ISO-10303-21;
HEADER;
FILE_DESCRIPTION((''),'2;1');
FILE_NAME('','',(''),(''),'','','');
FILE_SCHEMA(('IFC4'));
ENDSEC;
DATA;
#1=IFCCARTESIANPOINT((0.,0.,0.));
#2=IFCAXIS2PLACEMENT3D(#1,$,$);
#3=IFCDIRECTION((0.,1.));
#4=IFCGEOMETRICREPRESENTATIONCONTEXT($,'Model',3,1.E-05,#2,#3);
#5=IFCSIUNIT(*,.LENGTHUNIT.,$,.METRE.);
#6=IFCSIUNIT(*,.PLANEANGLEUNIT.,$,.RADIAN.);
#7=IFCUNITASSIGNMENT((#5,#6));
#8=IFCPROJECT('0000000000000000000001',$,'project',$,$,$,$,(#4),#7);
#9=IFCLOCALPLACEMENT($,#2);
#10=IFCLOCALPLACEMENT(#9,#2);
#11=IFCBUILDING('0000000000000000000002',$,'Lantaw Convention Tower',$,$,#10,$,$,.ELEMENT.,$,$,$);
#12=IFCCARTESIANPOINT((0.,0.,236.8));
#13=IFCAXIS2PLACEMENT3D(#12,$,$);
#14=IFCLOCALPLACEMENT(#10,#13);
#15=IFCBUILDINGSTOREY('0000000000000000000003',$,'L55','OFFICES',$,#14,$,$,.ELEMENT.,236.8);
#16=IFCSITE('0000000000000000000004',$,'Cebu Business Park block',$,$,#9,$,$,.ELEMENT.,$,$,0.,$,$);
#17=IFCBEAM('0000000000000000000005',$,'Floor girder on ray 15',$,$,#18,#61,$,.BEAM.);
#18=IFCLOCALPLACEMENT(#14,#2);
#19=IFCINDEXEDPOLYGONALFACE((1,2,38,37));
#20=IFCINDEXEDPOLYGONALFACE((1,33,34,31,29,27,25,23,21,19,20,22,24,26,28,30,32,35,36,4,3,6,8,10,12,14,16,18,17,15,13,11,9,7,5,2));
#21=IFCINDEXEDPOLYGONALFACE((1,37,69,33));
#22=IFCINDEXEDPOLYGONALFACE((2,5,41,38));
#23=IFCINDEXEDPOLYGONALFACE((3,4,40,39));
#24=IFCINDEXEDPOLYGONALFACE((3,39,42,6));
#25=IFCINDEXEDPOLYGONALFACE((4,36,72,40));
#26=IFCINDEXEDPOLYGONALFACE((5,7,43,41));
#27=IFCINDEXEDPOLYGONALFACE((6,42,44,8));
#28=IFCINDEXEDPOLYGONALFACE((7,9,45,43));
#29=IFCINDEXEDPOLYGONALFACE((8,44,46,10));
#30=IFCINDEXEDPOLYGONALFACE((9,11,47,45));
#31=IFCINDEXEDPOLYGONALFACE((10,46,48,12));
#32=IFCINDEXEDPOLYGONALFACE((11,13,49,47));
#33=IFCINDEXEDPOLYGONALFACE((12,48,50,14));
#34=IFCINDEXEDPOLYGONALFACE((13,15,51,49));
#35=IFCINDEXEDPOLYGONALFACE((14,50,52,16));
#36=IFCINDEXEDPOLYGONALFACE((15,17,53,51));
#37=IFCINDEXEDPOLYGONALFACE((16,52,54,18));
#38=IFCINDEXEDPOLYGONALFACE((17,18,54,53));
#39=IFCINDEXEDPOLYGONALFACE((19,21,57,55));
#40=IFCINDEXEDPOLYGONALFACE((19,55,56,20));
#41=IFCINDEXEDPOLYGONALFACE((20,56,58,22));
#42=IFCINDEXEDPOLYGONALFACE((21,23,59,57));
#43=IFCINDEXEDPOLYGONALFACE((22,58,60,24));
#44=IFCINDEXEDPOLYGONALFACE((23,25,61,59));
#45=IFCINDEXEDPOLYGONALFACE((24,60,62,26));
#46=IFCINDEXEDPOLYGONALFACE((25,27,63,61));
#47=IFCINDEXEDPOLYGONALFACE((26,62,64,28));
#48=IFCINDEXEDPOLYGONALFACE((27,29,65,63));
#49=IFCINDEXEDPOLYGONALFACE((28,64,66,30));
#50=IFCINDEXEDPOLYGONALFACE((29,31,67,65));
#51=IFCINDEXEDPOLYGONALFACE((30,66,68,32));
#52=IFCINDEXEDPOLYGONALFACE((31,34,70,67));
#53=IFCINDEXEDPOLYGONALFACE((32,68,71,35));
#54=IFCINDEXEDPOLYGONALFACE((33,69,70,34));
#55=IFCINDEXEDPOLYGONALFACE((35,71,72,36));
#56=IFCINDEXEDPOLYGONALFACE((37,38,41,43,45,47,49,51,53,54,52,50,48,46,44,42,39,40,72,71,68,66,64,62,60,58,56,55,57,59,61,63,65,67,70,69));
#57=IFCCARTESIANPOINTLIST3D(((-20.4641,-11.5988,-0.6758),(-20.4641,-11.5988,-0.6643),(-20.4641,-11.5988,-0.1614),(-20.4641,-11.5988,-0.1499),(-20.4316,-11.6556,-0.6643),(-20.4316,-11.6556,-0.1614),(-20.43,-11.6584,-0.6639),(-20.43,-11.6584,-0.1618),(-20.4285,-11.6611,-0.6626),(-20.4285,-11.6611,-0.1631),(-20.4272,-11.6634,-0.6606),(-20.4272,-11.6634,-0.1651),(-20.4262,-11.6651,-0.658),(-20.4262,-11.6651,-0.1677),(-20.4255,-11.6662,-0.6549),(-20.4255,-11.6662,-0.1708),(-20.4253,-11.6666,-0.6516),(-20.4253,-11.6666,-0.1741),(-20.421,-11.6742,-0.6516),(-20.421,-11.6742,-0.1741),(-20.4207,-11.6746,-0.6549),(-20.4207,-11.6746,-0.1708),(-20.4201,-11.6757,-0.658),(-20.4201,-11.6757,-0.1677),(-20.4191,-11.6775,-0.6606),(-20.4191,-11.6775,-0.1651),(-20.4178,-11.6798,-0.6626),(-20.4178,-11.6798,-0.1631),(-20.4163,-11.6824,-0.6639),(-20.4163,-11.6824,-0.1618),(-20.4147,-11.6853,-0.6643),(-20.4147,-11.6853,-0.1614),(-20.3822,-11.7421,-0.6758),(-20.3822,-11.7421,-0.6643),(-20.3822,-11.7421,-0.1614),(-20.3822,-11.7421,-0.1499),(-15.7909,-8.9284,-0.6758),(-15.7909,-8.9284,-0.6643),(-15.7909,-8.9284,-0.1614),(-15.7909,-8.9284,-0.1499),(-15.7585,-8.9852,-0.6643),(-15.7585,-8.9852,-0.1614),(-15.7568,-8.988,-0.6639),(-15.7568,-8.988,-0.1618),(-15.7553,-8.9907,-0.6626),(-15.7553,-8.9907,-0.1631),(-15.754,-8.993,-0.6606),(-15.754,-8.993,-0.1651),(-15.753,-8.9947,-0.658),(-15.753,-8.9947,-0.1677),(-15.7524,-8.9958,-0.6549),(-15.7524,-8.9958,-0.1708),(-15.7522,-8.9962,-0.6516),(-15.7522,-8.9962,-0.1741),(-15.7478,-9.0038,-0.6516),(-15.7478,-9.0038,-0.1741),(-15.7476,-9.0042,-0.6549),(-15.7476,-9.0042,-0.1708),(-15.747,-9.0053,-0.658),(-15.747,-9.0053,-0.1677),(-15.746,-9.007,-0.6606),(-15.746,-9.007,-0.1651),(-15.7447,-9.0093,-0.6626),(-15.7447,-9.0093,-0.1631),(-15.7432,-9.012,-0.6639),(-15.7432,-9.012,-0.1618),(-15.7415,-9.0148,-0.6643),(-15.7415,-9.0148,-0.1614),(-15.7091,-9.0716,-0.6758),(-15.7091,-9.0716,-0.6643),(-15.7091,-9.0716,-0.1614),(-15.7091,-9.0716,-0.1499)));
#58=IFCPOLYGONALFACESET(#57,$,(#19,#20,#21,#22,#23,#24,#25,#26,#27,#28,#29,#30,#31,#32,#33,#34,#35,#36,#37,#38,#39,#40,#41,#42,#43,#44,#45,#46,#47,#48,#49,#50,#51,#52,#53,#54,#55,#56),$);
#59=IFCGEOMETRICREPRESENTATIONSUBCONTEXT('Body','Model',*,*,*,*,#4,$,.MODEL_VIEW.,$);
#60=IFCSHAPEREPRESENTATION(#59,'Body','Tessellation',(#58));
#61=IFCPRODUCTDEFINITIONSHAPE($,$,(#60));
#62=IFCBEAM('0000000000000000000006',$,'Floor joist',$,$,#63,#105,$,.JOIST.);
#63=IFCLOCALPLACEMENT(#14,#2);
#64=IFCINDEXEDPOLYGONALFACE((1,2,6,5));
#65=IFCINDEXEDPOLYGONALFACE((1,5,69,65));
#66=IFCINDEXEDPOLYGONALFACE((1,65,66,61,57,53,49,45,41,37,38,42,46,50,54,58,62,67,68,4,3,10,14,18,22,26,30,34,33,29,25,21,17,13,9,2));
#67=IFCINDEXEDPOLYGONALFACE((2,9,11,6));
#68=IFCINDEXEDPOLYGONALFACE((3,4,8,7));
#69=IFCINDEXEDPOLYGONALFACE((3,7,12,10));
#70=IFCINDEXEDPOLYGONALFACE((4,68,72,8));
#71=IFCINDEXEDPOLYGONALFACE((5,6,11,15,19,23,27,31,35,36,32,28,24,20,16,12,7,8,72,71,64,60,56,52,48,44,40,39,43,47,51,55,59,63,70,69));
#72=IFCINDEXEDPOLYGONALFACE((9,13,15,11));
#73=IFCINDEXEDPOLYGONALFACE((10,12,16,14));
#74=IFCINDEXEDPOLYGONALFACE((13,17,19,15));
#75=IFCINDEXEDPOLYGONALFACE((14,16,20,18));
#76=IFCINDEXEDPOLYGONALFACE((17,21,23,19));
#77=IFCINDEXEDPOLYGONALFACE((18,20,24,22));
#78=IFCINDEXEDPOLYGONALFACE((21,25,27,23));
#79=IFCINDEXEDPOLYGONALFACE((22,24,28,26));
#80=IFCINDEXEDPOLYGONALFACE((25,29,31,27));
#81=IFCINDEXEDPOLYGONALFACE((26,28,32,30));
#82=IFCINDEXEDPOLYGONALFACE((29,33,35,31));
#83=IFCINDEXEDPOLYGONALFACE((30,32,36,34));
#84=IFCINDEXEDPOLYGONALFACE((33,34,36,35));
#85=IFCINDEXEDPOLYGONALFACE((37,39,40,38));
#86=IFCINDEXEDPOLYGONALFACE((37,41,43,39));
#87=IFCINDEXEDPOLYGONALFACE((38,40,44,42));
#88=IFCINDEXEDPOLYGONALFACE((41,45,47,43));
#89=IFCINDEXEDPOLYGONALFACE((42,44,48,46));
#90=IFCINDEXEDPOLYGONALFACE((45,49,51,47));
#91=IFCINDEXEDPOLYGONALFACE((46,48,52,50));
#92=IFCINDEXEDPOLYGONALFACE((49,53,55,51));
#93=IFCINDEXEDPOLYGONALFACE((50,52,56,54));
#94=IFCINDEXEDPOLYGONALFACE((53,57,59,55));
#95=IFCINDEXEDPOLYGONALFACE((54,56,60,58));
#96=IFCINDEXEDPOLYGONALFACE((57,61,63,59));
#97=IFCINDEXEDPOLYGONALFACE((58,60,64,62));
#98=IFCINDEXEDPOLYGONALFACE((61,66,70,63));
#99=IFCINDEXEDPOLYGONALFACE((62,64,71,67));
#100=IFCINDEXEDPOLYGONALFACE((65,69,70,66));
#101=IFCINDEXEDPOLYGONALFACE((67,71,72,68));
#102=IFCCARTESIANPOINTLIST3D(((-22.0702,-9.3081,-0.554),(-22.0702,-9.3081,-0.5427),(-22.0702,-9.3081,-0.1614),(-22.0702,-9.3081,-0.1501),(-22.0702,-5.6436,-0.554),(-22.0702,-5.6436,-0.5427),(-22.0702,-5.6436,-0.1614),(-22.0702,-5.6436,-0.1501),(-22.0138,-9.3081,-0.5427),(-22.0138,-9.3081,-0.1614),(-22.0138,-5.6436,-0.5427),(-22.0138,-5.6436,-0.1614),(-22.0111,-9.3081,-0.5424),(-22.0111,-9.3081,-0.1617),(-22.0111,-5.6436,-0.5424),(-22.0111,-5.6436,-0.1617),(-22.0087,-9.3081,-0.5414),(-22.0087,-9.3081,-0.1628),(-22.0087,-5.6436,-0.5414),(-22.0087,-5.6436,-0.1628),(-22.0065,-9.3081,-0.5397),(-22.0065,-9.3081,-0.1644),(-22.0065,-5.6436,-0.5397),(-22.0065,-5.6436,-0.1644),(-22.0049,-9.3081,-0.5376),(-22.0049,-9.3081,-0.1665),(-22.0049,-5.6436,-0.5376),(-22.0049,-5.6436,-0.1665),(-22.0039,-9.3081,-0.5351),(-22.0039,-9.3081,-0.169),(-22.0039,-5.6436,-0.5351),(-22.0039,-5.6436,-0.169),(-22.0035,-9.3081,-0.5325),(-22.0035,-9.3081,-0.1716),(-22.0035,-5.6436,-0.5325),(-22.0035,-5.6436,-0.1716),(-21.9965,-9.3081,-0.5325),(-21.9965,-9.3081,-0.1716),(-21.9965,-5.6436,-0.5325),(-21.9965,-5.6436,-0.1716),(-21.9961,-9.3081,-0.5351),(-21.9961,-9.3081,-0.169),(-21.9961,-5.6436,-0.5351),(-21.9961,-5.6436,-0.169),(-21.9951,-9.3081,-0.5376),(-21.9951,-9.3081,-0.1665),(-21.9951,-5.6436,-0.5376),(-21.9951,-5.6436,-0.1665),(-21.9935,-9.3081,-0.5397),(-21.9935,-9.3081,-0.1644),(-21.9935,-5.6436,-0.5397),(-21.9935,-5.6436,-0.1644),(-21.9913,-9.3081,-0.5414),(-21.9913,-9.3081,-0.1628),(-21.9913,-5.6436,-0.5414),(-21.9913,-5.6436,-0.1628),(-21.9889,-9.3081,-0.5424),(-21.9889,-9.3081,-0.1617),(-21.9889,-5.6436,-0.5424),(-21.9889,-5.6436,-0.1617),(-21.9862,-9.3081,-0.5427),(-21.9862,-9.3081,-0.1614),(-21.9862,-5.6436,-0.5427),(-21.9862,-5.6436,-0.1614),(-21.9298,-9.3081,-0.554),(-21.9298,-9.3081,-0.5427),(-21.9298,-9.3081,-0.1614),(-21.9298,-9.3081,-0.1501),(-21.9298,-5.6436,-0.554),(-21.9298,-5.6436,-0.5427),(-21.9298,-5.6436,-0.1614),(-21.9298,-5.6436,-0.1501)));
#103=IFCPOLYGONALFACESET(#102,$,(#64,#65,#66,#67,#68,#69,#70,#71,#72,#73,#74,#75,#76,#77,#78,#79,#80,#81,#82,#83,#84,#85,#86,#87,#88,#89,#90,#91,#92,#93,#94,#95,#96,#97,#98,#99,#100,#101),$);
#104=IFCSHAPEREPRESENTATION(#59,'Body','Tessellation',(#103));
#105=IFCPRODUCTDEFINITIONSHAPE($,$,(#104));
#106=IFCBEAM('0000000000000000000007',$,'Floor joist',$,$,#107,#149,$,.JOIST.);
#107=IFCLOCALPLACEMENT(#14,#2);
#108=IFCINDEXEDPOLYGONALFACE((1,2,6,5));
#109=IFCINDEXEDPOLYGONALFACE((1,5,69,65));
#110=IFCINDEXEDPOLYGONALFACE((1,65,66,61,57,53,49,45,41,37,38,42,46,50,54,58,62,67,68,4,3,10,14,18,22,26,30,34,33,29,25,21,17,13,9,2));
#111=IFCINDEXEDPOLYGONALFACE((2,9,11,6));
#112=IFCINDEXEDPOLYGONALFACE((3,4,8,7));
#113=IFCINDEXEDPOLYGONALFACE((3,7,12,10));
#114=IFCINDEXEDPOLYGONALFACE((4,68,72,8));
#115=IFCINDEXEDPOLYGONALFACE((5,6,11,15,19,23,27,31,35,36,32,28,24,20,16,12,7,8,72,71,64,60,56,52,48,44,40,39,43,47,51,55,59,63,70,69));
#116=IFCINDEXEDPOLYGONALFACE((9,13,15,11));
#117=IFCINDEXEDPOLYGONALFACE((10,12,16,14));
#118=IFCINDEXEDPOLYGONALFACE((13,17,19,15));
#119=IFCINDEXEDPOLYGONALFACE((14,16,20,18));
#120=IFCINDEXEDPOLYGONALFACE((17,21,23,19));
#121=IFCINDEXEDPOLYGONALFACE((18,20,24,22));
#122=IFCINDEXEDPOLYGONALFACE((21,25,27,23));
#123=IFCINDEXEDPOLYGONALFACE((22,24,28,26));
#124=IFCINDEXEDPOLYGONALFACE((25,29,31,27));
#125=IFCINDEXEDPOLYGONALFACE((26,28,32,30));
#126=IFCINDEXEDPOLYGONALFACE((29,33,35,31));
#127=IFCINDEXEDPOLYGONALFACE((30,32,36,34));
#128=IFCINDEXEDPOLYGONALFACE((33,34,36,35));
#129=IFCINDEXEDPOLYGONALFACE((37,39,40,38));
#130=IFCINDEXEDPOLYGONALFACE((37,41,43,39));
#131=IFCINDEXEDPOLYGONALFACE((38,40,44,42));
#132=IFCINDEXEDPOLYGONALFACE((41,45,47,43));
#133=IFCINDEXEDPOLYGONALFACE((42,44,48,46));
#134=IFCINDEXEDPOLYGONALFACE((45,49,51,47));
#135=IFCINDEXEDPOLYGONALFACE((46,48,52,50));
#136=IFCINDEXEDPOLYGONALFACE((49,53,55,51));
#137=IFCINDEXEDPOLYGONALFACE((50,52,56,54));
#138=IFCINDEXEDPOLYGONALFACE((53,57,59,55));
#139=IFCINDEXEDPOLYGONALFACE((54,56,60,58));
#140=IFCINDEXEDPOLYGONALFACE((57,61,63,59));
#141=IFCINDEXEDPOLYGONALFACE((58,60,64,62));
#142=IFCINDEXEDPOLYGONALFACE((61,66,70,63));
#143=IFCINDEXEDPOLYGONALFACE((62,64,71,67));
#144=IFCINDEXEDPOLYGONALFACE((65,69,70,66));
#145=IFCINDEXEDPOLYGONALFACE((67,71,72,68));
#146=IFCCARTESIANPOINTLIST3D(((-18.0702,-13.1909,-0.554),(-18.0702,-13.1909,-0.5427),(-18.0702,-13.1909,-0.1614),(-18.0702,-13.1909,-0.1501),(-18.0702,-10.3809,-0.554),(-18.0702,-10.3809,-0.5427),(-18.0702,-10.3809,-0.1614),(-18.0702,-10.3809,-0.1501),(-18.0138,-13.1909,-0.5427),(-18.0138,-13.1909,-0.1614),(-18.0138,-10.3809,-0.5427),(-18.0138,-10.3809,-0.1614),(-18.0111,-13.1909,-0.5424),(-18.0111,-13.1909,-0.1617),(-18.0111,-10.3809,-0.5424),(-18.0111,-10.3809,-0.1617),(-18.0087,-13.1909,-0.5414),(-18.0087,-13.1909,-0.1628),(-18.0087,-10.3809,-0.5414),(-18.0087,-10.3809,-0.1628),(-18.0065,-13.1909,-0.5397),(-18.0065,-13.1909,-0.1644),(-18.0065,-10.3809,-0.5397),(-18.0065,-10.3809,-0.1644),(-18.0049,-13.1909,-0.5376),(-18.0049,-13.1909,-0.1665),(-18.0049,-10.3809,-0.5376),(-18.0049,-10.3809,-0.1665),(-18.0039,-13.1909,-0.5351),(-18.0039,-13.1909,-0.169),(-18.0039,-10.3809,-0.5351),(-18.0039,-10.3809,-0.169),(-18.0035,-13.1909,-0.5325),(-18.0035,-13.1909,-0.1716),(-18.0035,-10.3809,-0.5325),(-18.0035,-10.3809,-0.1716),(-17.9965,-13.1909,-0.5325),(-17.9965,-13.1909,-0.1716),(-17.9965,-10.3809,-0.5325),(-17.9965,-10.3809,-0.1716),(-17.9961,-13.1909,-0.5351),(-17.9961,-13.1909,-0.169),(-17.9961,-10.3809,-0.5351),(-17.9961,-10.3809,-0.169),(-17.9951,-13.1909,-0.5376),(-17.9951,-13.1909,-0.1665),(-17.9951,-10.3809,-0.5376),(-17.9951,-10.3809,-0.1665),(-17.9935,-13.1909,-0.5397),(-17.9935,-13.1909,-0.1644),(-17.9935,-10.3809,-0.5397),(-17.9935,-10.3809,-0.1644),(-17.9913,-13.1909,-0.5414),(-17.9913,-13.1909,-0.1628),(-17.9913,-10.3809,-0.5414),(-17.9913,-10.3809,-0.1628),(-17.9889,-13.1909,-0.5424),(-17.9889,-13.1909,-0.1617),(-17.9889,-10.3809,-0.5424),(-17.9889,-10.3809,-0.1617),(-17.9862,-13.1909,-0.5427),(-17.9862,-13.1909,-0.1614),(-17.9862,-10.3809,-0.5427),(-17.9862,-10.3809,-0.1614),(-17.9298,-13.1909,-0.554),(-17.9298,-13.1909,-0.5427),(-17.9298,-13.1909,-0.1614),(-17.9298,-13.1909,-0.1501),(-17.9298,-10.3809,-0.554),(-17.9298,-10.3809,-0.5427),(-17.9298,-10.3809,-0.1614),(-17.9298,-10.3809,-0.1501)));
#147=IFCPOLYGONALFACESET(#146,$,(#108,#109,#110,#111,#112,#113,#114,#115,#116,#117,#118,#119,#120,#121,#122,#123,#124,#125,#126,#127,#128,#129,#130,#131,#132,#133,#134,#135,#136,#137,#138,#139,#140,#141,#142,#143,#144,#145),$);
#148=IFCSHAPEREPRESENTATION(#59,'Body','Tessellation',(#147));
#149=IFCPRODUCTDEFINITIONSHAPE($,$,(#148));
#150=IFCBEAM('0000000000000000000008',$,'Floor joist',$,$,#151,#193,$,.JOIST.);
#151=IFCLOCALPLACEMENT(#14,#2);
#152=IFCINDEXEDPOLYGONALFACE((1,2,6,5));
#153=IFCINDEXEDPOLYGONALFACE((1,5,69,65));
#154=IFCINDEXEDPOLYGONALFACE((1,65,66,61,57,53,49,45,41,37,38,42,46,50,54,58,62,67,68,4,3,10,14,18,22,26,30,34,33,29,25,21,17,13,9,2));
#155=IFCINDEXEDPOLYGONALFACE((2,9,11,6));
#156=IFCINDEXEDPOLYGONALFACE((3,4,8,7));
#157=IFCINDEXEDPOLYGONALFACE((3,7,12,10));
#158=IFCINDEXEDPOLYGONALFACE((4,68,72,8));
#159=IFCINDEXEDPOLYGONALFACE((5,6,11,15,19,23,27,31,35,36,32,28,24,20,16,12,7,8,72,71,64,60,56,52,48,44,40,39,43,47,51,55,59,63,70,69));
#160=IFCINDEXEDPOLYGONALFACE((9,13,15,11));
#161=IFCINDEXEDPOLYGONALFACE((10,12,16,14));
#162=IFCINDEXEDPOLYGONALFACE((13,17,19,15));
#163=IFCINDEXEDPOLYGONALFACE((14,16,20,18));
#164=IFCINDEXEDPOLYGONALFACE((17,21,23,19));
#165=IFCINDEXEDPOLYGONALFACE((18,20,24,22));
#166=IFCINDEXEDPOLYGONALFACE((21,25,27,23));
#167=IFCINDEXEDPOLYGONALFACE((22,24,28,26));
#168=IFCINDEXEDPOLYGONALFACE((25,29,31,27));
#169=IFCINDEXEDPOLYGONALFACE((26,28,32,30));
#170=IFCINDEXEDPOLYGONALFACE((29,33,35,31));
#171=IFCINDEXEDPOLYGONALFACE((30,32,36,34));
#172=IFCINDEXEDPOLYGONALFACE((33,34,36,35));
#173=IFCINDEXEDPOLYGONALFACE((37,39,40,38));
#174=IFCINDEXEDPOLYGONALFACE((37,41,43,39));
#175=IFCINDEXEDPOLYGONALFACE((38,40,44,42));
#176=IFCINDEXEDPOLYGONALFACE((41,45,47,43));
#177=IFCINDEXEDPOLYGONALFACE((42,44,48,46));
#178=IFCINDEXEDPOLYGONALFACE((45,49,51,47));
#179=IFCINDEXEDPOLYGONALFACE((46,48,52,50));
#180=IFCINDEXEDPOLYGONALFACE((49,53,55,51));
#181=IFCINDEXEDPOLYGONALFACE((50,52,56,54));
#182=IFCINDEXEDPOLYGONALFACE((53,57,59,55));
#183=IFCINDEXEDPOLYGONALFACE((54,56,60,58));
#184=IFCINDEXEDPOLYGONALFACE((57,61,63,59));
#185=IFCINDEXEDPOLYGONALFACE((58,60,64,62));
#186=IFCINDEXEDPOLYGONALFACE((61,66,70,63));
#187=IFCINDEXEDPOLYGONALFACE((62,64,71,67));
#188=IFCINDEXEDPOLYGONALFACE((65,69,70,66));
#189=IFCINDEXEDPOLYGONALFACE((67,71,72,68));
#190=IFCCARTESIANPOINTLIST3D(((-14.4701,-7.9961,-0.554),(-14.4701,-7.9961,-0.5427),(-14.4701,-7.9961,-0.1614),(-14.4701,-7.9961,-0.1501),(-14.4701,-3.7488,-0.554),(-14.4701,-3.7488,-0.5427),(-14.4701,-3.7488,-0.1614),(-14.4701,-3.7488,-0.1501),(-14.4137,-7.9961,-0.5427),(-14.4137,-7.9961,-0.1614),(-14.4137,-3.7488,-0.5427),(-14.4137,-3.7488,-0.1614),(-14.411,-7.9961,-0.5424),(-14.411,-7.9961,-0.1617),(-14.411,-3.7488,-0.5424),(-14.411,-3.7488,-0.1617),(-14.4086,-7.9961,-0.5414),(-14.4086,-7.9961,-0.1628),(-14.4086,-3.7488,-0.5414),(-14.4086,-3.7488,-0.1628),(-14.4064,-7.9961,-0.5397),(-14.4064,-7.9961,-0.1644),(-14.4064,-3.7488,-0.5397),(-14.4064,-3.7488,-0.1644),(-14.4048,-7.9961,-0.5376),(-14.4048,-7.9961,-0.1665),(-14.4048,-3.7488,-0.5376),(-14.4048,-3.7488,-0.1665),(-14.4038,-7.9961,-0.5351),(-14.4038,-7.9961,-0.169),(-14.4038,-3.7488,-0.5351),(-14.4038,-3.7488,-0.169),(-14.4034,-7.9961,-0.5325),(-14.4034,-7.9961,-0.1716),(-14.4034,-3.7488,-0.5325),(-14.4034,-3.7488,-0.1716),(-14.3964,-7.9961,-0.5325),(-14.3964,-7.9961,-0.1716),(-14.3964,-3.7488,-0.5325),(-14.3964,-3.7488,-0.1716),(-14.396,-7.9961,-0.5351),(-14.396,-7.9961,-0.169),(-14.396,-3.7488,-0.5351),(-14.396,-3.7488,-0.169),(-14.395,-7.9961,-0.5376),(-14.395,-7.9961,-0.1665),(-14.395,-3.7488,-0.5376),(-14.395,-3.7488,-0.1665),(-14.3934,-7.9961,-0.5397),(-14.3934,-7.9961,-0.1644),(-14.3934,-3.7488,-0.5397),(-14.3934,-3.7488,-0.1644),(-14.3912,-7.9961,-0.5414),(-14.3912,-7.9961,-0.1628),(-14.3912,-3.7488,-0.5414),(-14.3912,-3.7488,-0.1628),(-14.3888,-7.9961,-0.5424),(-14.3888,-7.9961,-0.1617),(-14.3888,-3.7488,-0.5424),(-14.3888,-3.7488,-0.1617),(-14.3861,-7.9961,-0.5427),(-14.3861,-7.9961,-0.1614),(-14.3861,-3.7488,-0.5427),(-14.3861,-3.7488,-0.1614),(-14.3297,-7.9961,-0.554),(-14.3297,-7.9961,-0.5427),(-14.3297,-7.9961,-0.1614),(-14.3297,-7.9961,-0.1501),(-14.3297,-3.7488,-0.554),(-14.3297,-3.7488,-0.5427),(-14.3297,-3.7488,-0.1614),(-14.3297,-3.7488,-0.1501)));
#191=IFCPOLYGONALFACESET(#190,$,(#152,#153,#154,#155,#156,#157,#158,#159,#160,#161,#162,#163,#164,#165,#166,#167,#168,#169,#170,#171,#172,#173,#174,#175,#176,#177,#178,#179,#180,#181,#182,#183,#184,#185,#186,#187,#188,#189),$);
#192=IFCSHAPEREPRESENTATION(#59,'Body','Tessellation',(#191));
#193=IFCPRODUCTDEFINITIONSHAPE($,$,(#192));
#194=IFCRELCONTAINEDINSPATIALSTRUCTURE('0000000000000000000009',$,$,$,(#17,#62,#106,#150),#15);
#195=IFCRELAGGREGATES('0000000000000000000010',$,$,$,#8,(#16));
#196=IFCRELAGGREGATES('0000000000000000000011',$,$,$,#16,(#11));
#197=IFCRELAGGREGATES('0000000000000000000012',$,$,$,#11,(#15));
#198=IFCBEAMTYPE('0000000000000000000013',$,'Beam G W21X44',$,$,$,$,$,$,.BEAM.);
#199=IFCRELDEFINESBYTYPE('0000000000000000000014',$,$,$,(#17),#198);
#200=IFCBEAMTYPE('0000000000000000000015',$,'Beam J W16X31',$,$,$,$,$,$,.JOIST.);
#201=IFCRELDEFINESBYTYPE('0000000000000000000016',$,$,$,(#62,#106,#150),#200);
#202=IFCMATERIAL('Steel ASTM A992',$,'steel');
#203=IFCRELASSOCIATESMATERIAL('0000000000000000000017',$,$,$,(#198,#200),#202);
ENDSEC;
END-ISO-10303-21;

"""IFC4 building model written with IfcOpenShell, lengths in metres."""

from ifc_helpers import new_model, si_unit, direction, frame, origin, origin_2d, place, context, subcontext, project, spatial, i_section, extrude, material, material_profile, profile_set, type_object, element, save


model = new_model("IFC4")

# Units and contexts
model_context = context("Model", 3, precision=1e-05, world=origin(), true_north=direction((0.0, 1.0)))
body_context = subcontext(model_context, "Body", "Model", "MODEL_VIEW")
ifc_project = project(units=[si_unit("LENGTHUNIT", "METRE"), si_unit("PLANEANGLEUNIT", "RADIAN")], contexts=[model_context])

# Site, building, storey
site_placement = place(None, origin())
site = spatial("IfcSite", under=ifc_project, at=site_placement, Name="Cebu Business Park block", CompositionType="ELEMENT", RefElevation=0.0)
building_placement = place(site_placement, origin())
building = spatial("IfcBuilding", under=site, at=building_placement, Name="Lantaw Convention Tower", CompositionType="ELEMENT")
storey_placement = place(building_placement, frame((0.0, 0.0, 236.8)))
storey = spatial("IfcBuildingStorey", under=building, at=storey_placement, Name="L55", Description="OFFICES", CompositionType="ELEMENT", Elevation=236.8)

# Beams
ifc_material_1 = material(Name="Steel ASTM A992", Category="steel")
ifc_material_profile_1 = material_profile(ifc_material_1, i_section(OverallWidth=0.165, OverallDepth=0.5259, WebThickness=0.0088, FlangeThickness=0.0115, FilletRadius=0.0127, at=origin_2d()), Name="W21X44")
ifc_profile_set_1 = profile_set([ifc_material_profile_1], Name="Steel ASTM A992")
beam_type_1 = type_object("IfcBeamType", Name="Beam G W21X44", PredefinedType="BEAM", material=ifc_profile_set_1)
beam_1_placement = place(storey_placement, frame((-15.75, -9.0, -0.4128), z_axis=(-0.868238, -0.496149, 0.0), x_axis=(0.496149, -0.868238, 0.0)))
element("IfcBeam", 1, at=beam_1_placement, inside=storey, type_object=beam_type_1, Name="Floor girder on ray 15", PredefinedType="BEAM", context=body_context, shape_type="SweptSolid", body=[
    extrude(i_section(OverallWidth=0.165, OverallDepth=0.5259, WebThickness=0.0088, FlangeThickness=0.0115, FilletRadius=0.0127, at=origin_2d()), origin(), (0.0, 0.0, 1.0), 5.3823),
])
ifc_material_profile_2 = material_profile(ifc_material_1, i_section(OverallWidth=0.1404, OverallDepth=0.4038, WebThickness=0.0071, FlangeThickness=0.0112, FilletRadius=0.0103, at=origin_2d()), Name="W16X31")
ifc_profile_set_2 = profile_set([ifc_material_profile_2], Name="Steel ASTM A992")
beam_type_2 = type_object("IfcBeamType", Name="Beam J W16X31", PredefinedType="JOIST", material=ifc_profile_set_2)
beam_2_placement = place(storey_placement, frame((-22.0, -9.3081, -0.3521), z_axis=(0.0, 1.0, 0.0), x_axis=(-1.0, 0.0, 0.0)))
element("IfcBeam", 2, at=beam_2_placement, inside=storey, type_object=beam_type_2, Name="Floor joist", PredefinedType="JOIST", context=body_context, shape_type="SweptSolid", body=[
    extrude(i_section(OverallWidth=0.1404, OverallDepth=0.4038, WebThickness=0.0071, FlangeThickness=0.0112, FilletRadius=0.0103, at=origin_2d()), origin(), (0.0, 0.0, 1.0), 3.6646),
])
beam_3_placement = place(storey_placement, frame((-18.0, -13.1909, -0.3521), z_axis=(0.0, 1.0, 0.0), x_axis=(-1.0, 0.0, 0.0)))
element("IfcBeam", 3, at=beam_3_placement, inside=storey, type_object=beam_type_2, Name="Floor joist", PredefinedType="JOIST", context=body_context, shape_type="SweptSolid", body=[
    extrude(i_section(OverallWidth=0.1404, OverallDepth=0.4038, WebThickness=0.0071, FlangeThickness=0.0112, FilletRadius=0.0103, at=origin_2d()), origin(), (0.0, 0.0, 1.0), 2.8101),
])
beam_4_placement = place(storey_placement, frame((-14.3999, -7.9961, -0.3521), z_axis=(0.0, 1.0, 0.0), x_axis=(-1.0, 0.0, 0.0)))
element("IfcBeam", 4, at=beam_4_placement, inside=storey, type_object=beam_type_2, Name="Floor joist", PredefinedType="JOIST", context=body_context, shape_type="SweptSolid", body=[
    extrude(i_section(OverallWidth=0.1404, OverallDepth=0.4038, WebThickness=0.0071, FlangeThickness=0.0112, FilletRadius=0.0103, at=origin_2d()), origin(), (0.0, 0.0, 1.0), 4.2473),
])

save(model, "model.ifc")
